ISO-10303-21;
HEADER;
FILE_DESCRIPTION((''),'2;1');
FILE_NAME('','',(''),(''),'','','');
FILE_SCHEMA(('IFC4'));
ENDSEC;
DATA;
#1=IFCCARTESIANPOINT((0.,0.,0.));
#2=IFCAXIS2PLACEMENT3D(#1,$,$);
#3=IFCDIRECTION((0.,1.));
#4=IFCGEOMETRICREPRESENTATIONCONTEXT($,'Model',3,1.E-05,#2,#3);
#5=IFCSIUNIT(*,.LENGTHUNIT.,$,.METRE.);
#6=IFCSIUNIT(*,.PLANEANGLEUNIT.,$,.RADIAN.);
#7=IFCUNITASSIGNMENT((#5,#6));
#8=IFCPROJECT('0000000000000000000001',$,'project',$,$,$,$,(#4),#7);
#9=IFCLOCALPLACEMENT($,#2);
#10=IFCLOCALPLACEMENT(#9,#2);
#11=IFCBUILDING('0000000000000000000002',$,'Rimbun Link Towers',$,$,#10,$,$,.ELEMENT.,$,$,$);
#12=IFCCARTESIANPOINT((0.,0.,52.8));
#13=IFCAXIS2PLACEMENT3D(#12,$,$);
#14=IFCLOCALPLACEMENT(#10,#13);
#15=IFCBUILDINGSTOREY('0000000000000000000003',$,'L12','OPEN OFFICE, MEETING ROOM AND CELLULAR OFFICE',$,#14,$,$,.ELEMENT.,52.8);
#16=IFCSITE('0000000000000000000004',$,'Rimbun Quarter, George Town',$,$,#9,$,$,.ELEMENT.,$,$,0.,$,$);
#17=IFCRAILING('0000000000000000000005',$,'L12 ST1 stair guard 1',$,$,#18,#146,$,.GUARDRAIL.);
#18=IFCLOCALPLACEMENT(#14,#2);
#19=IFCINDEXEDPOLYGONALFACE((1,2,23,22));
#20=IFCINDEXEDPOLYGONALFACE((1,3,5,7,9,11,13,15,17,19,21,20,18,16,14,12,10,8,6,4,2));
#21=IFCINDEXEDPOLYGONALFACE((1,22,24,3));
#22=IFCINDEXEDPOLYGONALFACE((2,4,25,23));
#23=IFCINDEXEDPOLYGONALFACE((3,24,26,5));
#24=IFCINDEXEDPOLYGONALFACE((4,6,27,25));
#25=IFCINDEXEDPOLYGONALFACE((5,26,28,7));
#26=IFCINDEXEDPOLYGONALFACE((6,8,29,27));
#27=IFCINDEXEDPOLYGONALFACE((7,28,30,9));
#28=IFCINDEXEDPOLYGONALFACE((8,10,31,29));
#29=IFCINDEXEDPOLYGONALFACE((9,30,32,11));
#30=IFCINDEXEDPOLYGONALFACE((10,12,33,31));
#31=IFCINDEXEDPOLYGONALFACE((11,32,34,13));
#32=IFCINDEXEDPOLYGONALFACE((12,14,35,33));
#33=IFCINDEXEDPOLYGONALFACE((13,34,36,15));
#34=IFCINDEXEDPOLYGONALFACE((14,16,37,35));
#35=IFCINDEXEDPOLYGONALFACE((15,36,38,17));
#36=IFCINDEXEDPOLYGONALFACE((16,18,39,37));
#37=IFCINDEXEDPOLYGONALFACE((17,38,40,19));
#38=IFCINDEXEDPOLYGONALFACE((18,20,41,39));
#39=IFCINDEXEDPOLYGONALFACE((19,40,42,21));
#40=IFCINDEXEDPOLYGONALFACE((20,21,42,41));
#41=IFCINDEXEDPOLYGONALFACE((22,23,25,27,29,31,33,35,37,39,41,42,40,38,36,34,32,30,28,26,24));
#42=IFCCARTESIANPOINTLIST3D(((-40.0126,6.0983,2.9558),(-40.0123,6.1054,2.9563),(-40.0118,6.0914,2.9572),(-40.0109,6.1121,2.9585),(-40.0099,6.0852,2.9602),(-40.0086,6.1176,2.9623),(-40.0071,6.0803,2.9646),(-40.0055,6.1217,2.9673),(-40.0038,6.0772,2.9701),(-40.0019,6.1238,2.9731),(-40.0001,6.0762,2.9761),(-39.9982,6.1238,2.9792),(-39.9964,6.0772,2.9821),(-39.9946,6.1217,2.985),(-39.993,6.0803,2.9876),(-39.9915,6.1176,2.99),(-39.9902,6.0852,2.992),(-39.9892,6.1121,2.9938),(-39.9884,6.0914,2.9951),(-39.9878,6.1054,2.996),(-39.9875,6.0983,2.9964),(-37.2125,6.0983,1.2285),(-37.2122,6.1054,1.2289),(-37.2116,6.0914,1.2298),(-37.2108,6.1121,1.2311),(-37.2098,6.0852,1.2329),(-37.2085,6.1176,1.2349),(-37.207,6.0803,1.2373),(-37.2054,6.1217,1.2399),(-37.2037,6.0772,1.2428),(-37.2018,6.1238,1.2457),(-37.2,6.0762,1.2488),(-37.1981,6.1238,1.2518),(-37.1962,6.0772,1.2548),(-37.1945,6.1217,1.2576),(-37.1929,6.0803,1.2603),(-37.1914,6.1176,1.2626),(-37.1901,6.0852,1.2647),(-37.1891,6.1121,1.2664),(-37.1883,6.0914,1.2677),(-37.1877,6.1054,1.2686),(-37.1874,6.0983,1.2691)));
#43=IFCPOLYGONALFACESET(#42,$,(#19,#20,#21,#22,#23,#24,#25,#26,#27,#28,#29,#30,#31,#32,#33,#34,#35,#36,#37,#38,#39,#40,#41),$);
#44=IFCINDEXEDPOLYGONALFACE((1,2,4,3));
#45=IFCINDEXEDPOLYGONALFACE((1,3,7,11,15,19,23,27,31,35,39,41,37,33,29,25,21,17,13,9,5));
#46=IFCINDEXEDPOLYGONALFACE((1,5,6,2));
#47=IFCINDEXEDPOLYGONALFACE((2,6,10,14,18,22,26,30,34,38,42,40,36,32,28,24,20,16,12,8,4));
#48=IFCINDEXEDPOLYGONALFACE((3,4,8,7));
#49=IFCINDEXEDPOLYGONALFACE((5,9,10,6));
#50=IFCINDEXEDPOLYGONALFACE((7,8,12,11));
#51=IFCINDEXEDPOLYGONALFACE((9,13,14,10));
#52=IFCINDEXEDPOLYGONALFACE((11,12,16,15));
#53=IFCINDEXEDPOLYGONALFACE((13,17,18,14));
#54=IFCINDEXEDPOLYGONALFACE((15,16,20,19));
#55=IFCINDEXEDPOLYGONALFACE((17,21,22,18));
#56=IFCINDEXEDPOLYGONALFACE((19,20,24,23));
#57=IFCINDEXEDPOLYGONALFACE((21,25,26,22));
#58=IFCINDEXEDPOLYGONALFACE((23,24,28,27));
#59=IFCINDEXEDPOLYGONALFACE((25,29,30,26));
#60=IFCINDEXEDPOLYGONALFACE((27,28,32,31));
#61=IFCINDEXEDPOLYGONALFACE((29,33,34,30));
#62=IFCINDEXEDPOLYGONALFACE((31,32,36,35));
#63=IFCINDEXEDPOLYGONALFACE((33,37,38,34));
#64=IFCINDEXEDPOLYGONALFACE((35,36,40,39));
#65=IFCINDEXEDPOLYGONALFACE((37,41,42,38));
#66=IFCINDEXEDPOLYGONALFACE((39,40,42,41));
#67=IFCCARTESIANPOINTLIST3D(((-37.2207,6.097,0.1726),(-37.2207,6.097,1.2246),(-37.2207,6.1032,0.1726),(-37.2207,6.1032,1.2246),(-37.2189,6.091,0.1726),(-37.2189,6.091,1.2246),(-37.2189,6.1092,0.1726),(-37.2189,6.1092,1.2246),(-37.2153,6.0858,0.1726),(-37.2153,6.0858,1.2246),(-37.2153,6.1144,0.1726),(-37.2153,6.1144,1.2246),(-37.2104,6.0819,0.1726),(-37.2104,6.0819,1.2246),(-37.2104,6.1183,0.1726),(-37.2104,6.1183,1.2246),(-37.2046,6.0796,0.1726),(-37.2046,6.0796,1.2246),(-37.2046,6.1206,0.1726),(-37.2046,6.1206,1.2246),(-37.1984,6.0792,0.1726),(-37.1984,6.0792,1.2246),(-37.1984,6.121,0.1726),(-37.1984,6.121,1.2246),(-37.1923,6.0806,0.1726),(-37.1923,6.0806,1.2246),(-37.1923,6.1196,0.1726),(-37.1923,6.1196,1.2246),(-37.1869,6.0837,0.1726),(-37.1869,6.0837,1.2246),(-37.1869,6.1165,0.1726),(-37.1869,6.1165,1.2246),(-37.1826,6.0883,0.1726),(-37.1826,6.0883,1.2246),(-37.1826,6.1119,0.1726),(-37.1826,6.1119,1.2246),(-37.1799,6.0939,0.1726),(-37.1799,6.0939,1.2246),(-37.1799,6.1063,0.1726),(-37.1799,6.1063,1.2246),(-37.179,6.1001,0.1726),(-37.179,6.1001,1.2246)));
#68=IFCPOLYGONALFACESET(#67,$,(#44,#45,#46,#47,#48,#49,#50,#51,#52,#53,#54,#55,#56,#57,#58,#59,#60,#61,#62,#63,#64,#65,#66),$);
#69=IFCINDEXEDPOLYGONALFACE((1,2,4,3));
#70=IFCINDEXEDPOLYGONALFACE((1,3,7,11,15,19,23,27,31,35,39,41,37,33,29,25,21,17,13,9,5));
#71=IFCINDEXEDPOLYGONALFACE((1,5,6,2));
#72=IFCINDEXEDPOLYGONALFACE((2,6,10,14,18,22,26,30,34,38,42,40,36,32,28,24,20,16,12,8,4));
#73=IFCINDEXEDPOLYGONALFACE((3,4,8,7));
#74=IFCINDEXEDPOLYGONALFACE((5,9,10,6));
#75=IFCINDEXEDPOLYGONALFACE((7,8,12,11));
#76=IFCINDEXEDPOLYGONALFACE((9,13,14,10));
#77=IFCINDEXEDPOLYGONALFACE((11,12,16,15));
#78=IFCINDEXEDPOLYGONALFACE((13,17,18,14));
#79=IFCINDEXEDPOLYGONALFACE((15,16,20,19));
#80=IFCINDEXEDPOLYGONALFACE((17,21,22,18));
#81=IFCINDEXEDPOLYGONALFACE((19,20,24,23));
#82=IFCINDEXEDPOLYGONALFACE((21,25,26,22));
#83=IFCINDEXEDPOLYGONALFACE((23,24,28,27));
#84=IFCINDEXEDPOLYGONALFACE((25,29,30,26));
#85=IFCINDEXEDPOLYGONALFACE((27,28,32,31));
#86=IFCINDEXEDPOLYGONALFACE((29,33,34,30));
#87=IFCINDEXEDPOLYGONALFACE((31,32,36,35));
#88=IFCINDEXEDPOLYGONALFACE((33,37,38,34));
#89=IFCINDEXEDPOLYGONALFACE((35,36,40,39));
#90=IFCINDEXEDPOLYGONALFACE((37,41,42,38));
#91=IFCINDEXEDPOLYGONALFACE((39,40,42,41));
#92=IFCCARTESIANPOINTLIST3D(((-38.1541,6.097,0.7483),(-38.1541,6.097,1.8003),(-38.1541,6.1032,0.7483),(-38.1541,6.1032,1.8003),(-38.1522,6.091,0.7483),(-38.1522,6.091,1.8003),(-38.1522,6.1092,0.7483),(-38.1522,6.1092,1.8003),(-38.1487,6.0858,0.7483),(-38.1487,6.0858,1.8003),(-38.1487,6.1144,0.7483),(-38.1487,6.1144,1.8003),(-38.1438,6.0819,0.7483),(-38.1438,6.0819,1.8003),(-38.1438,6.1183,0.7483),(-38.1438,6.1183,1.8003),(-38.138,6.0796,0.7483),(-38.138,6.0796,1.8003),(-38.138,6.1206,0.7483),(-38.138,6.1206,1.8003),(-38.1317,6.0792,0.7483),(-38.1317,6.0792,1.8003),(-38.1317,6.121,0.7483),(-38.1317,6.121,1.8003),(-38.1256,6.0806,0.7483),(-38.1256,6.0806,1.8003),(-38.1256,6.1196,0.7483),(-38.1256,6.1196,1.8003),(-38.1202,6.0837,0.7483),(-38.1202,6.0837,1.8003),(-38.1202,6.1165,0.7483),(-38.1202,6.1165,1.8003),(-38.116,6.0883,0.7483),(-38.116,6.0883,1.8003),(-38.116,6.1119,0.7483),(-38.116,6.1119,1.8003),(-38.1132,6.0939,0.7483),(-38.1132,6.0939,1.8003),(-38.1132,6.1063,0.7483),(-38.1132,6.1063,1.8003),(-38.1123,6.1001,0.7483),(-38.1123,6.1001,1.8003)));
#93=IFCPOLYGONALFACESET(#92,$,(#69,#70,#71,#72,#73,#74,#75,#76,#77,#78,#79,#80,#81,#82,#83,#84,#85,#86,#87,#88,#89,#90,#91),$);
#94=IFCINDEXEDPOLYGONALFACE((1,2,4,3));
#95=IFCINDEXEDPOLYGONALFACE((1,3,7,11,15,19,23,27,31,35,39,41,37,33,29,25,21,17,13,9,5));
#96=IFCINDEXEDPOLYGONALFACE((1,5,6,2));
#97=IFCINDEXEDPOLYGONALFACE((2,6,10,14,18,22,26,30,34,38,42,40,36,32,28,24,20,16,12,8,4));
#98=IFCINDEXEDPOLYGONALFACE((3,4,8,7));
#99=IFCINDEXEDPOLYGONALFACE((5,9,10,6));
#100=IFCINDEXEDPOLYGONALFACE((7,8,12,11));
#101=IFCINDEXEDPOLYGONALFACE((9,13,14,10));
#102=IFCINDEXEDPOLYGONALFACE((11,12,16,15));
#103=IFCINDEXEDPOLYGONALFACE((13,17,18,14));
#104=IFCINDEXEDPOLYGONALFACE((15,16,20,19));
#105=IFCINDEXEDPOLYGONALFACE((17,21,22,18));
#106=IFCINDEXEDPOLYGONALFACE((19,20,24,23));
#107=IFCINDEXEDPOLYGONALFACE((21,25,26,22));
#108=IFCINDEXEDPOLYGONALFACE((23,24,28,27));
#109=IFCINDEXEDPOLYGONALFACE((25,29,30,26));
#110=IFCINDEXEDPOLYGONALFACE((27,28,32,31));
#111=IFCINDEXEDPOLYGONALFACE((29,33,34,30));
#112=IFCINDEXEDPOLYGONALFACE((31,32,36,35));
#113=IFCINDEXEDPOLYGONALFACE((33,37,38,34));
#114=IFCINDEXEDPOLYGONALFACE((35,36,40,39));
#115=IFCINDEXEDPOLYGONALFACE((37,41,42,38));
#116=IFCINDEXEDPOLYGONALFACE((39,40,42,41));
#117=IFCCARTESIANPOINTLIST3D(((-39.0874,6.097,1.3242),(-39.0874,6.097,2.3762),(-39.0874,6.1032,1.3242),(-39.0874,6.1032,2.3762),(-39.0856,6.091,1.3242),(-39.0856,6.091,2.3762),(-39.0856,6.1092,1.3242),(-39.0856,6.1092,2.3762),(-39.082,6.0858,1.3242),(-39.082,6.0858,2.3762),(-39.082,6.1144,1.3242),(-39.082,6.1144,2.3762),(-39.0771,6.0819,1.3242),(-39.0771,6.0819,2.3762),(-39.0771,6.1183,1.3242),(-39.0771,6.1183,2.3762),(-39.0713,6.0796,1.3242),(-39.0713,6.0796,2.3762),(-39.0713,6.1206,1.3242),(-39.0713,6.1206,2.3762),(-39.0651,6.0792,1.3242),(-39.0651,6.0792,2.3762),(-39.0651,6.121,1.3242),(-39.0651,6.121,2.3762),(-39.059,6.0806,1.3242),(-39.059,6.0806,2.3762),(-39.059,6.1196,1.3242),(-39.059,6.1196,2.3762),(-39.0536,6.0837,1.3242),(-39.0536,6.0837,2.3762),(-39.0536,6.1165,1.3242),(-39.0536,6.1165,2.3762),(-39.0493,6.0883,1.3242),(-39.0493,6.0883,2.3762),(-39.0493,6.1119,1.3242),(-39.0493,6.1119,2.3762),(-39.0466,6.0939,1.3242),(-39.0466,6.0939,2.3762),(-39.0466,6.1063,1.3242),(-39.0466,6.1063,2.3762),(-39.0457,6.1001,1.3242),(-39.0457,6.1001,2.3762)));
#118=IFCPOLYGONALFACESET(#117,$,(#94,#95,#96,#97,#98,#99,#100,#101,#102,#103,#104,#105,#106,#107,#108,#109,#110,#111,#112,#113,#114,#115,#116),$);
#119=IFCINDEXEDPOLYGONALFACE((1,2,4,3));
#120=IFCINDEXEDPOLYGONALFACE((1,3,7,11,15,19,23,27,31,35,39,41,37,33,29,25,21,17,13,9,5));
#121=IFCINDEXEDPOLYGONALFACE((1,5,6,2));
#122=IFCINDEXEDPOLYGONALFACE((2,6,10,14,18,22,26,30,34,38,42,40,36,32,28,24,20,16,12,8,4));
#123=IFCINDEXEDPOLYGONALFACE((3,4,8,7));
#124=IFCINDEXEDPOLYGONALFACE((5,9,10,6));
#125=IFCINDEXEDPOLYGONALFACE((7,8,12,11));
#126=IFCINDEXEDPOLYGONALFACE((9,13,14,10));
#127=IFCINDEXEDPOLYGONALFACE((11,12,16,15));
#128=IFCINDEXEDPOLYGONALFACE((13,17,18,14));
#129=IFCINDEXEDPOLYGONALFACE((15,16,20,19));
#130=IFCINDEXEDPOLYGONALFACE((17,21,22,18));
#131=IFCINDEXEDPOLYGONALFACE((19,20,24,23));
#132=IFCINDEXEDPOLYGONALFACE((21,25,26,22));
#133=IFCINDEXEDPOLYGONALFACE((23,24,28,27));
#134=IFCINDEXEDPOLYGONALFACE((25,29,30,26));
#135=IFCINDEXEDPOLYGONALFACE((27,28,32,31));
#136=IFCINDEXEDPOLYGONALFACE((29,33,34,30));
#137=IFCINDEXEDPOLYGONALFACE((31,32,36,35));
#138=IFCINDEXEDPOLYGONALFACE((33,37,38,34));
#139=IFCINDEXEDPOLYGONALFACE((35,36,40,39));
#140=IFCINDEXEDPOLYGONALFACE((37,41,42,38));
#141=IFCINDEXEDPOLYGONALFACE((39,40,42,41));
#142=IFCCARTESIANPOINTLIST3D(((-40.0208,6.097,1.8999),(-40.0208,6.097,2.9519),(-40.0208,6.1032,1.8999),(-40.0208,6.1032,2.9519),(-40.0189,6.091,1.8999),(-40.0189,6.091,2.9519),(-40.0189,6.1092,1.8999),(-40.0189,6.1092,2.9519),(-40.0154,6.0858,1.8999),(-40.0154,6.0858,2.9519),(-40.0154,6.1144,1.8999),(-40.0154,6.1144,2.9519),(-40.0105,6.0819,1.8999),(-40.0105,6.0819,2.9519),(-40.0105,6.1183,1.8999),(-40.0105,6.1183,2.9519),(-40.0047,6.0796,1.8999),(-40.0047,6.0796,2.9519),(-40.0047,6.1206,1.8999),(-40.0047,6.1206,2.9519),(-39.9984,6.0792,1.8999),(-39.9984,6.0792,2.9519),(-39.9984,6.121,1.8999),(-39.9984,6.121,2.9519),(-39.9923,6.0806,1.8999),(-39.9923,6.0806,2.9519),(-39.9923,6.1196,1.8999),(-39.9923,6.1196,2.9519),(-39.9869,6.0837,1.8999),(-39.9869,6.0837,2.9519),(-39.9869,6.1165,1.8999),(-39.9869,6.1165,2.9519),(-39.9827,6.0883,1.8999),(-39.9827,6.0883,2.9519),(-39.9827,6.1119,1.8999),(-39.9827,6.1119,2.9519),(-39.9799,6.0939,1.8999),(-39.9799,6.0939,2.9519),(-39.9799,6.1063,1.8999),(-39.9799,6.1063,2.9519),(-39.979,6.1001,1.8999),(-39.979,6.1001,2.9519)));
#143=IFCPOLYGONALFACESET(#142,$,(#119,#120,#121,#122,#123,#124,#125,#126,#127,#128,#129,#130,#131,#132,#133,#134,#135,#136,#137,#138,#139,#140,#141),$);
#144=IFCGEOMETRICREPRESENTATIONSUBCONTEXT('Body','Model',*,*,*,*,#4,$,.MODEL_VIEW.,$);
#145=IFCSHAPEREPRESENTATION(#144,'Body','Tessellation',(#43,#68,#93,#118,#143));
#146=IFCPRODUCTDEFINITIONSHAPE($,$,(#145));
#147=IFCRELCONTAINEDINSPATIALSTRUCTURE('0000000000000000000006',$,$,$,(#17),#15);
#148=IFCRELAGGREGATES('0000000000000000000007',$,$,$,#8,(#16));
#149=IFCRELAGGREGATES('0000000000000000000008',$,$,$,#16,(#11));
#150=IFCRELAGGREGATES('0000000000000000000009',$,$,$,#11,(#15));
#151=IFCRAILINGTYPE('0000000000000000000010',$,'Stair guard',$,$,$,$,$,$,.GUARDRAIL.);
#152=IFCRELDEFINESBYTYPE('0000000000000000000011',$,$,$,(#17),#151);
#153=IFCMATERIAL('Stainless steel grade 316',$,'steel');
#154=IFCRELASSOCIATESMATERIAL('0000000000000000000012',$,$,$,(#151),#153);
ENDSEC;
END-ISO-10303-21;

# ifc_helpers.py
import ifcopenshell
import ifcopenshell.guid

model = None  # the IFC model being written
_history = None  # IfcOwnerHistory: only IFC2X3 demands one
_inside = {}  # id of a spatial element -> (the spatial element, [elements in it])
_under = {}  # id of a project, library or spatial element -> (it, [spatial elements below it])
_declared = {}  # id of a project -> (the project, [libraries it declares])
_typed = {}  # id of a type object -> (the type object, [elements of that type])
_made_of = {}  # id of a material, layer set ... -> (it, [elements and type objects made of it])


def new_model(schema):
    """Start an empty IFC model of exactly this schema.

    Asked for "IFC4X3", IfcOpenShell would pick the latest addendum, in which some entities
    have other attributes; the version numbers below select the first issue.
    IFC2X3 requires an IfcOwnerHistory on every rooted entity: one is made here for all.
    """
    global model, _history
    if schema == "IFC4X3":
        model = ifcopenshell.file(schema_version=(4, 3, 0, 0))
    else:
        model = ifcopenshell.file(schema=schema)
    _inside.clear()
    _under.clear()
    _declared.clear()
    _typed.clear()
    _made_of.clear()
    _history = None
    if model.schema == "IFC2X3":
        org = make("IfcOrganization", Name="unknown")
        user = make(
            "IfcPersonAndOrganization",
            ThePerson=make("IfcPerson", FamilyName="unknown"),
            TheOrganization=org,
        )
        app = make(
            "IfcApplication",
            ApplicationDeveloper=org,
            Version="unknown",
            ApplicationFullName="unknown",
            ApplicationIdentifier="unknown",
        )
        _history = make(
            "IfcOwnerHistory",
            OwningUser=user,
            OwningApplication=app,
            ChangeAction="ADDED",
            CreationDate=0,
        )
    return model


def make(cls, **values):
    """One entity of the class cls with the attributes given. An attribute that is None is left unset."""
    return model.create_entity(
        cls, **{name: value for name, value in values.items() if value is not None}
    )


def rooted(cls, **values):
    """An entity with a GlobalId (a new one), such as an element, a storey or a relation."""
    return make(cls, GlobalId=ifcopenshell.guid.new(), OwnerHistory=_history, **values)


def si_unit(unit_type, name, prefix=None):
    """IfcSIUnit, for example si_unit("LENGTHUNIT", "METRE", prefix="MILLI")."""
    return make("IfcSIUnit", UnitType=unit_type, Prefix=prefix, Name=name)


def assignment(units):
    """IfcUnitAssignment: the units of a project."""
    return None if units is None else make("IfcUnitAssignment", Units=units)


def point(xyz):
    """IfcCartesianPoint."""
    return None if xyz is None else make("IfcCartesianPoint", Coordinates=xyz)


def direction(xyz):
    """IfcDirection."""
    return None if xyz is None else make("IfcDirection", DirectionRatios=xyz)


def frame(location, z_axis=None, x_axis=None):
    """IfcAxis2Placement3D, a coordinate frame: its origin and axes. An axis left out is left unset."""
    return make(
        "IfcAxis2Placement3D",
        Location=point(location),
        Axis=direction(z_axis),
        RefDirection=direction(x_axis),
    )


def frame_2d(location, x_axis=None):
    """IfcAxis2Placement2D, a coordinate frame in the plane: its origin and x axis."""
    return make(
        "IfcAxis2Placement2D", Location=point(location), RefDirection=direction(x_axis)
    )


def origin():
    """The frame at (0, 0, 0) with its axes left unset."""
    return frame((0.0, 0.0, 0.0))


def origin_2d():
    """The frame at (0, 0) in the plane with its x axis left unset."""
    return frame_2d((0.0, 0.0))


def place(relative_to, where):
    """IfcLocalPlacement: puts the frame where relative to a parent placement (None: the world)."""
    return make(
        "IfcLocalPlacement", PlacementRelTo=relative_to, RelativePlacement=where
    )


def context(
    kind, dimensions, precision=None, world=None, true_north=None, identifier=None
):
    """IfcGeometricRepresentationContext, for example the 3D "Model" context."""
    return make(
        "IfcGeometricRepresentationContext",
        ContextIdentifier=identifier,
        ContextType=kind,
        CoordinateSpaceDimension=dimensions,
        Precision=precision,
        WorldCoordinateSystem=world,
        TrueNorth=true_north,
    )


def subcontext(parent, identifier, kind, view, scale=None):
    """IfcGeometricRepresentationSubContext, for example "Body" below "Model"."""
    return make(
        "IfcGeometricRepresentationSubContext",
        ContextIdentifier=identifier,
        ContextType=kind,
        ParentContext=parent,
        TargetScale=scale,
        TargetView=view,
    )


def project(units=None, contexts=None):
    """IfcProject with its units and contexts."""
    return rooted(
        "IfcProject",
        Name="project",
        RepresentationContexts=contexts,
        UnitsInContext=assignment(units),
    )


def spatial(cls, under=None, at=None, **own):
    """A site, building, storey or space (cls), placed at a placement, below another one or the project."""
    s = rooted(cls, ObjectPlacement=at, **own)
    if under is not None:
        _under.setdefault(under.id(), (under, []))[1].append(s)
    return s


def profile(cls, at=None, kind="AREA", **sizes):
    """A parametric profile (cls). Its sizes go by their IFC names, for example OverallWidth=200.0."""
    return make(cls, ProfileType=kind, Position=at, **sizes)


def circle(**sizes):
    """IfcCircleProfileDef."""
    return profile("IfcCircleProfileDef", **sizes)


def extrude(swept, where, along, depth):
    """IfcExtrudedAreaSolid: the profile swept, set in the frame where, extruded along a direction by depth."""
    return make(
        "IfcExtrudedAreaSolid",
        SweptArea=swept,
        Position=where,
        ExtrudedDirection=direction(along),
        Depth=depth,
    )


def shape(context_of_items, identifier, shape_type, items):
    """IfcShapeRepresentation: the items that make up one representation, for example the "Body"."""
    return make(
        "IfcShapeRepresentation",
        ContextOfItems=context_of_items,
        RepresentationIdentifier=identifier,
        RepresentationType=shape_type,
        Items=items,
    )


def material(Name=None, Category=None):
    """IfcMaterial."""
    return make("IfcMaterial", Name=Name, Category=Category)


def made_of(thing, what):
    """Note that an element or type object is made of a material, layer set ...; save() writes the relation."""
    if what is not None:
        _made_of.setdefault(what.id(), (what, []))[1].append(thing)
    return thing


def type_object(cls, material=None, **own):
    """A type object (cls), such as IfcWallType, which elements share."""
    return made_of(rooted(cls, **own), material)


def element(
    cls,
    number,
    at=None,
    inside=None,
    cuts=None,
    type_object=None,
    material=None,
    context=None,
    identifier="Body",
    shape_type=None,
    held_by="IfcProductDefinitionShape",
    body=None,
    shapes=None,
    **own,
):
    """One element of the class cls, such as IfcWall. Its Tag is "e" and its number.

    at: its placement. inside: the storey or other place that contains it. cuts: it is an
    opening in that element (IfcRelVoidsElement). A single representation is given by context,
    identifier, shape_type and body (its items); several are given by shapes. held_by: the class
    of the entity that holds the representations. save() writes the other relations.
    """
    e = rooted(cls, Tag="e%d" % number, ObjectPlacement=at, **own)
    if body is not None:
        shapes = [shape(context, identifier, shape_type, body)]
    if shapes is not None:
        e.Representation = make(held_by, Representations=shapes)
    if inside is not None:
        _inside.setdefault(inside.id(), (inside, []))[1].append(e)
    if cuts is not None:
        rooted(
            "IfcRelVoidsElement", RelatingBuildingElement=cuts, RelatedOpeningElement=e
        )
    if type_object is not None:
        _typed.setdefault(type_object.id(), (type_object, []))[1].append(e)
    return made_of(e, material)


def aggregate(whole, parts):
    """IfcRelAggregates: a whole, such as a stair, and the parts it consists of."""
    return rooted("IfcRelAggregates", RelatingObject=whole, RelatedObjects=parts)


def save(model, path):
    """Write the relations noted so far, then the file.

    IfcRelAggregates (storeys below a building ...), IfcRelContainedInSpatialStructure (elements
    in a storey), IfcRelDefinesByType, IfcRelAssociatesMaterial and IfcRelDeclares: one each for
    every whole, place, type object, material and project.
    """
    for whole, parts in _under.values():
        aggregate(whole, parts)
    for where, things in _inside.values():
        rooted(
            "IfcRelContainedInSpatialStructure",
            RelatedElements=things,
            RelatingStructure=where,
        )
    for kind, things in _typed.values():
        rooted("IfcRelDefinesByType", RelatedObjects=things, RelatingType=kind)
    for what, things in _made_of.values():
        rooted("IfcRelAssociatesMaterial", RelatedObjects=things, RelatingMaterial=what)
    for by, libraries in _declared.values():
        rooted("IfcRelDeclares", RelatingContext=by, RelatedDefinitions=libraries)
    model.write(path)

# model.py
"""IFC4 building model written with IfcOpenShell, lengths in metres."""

from ifc_helpers import new_model, si_unit, direction, frame, origin, origin_2d, place, context, subcontext, project, spatial, circle, extrude, material, type_object, element, save


model = new_model("IFC4")

# Units and contexts
model_context = context("Model", 3, precision=1e-05, world=origin(), true_north=direction((0.0, 1.0)))
body_context = subcontext(model_context, "Body", "Model", "MODEL_VIEW")
ifc_project = project(units=[si_unit("LENGTHUNIT", "METRE"), si_unit("PLANEANGLEUNIT", "RADIAN")], contexts=[model_context])

# Site, building, storey
site_placement = place(None, origin())
site = spatial("IfcSite", under=ifc_project, at=site_placement, Name="Rimbun Quarter, George Town", CompositionType="ELEMENT", RefElevation=0.0)
building_placement = place(site_placement, origin())
building = spatial("IfcBuilding", under=site, at=building_placement, Name="Rimbun Link Towers", CompositionType="ELEMENT")
storey_placement = place(building_placement, frame((0.0, 0.0, 52.8)))
storey = spatial("IfcBuildingStorey", under=building, at=storey_placement, Name="L12", Description="OPEN OFFICE, MEETING ROOM AND CELLULAR OFFICE", CompositionType="ELEMENT", Elevation=52.8)

# Railing
ifc_material_1 = material(Name="Stainless steel grade 316", Category="steel")
railing_type_1 = type_object("IfcRailingType", Name="Stair guard", PredefinedType="GUARDRAIL", material=ifc_material_1)
railing_1_placement = place(storey_placement, frame((-37.2, 6.1001, 0.1726)))
element("IfcRailing", 1, at=railing_1_placement, inside=storey, type_object=railing_type_1, Name="L12 ST1 stair guard 1", PredefinedType="GUARDRAIL", context=body_context, shape_type="SweptSolid", body=[
    extrude(circle(Radius=0.0239, at=origin_2d()), frame((0.0, 0.0, 1.0762), z_axis=(-0.85109, 0.0, 0.52502), x_axis=(0.0, -1.0, 0.0)), (0.0, 0.0, 1.0), 3.29),
    extrude(circle(Radius=0.021, at=origin_2d()), origin(), (0.0, 0.0, 1.0), 1.052),
    extrude(circle(Radius=0.021, at=origin_2d()), frame((-0.9333, 0.0, 0.5757)), (0.0, 0.0, 1.0), 1.052),
    extrude(circle(Radius=0.021, at=origin_2d()), frame((-1.8667, 0.0, 1.1516)), (0.0, 0.0, 1.0), 1.052),
    extrude(circle(Radius=0.021, at=origin_2d()), frame((-2.8, 0.0, 1.7273)), (0.0, 0.0, 1.0), 1.052),
])

save(model, "model.ifc")
